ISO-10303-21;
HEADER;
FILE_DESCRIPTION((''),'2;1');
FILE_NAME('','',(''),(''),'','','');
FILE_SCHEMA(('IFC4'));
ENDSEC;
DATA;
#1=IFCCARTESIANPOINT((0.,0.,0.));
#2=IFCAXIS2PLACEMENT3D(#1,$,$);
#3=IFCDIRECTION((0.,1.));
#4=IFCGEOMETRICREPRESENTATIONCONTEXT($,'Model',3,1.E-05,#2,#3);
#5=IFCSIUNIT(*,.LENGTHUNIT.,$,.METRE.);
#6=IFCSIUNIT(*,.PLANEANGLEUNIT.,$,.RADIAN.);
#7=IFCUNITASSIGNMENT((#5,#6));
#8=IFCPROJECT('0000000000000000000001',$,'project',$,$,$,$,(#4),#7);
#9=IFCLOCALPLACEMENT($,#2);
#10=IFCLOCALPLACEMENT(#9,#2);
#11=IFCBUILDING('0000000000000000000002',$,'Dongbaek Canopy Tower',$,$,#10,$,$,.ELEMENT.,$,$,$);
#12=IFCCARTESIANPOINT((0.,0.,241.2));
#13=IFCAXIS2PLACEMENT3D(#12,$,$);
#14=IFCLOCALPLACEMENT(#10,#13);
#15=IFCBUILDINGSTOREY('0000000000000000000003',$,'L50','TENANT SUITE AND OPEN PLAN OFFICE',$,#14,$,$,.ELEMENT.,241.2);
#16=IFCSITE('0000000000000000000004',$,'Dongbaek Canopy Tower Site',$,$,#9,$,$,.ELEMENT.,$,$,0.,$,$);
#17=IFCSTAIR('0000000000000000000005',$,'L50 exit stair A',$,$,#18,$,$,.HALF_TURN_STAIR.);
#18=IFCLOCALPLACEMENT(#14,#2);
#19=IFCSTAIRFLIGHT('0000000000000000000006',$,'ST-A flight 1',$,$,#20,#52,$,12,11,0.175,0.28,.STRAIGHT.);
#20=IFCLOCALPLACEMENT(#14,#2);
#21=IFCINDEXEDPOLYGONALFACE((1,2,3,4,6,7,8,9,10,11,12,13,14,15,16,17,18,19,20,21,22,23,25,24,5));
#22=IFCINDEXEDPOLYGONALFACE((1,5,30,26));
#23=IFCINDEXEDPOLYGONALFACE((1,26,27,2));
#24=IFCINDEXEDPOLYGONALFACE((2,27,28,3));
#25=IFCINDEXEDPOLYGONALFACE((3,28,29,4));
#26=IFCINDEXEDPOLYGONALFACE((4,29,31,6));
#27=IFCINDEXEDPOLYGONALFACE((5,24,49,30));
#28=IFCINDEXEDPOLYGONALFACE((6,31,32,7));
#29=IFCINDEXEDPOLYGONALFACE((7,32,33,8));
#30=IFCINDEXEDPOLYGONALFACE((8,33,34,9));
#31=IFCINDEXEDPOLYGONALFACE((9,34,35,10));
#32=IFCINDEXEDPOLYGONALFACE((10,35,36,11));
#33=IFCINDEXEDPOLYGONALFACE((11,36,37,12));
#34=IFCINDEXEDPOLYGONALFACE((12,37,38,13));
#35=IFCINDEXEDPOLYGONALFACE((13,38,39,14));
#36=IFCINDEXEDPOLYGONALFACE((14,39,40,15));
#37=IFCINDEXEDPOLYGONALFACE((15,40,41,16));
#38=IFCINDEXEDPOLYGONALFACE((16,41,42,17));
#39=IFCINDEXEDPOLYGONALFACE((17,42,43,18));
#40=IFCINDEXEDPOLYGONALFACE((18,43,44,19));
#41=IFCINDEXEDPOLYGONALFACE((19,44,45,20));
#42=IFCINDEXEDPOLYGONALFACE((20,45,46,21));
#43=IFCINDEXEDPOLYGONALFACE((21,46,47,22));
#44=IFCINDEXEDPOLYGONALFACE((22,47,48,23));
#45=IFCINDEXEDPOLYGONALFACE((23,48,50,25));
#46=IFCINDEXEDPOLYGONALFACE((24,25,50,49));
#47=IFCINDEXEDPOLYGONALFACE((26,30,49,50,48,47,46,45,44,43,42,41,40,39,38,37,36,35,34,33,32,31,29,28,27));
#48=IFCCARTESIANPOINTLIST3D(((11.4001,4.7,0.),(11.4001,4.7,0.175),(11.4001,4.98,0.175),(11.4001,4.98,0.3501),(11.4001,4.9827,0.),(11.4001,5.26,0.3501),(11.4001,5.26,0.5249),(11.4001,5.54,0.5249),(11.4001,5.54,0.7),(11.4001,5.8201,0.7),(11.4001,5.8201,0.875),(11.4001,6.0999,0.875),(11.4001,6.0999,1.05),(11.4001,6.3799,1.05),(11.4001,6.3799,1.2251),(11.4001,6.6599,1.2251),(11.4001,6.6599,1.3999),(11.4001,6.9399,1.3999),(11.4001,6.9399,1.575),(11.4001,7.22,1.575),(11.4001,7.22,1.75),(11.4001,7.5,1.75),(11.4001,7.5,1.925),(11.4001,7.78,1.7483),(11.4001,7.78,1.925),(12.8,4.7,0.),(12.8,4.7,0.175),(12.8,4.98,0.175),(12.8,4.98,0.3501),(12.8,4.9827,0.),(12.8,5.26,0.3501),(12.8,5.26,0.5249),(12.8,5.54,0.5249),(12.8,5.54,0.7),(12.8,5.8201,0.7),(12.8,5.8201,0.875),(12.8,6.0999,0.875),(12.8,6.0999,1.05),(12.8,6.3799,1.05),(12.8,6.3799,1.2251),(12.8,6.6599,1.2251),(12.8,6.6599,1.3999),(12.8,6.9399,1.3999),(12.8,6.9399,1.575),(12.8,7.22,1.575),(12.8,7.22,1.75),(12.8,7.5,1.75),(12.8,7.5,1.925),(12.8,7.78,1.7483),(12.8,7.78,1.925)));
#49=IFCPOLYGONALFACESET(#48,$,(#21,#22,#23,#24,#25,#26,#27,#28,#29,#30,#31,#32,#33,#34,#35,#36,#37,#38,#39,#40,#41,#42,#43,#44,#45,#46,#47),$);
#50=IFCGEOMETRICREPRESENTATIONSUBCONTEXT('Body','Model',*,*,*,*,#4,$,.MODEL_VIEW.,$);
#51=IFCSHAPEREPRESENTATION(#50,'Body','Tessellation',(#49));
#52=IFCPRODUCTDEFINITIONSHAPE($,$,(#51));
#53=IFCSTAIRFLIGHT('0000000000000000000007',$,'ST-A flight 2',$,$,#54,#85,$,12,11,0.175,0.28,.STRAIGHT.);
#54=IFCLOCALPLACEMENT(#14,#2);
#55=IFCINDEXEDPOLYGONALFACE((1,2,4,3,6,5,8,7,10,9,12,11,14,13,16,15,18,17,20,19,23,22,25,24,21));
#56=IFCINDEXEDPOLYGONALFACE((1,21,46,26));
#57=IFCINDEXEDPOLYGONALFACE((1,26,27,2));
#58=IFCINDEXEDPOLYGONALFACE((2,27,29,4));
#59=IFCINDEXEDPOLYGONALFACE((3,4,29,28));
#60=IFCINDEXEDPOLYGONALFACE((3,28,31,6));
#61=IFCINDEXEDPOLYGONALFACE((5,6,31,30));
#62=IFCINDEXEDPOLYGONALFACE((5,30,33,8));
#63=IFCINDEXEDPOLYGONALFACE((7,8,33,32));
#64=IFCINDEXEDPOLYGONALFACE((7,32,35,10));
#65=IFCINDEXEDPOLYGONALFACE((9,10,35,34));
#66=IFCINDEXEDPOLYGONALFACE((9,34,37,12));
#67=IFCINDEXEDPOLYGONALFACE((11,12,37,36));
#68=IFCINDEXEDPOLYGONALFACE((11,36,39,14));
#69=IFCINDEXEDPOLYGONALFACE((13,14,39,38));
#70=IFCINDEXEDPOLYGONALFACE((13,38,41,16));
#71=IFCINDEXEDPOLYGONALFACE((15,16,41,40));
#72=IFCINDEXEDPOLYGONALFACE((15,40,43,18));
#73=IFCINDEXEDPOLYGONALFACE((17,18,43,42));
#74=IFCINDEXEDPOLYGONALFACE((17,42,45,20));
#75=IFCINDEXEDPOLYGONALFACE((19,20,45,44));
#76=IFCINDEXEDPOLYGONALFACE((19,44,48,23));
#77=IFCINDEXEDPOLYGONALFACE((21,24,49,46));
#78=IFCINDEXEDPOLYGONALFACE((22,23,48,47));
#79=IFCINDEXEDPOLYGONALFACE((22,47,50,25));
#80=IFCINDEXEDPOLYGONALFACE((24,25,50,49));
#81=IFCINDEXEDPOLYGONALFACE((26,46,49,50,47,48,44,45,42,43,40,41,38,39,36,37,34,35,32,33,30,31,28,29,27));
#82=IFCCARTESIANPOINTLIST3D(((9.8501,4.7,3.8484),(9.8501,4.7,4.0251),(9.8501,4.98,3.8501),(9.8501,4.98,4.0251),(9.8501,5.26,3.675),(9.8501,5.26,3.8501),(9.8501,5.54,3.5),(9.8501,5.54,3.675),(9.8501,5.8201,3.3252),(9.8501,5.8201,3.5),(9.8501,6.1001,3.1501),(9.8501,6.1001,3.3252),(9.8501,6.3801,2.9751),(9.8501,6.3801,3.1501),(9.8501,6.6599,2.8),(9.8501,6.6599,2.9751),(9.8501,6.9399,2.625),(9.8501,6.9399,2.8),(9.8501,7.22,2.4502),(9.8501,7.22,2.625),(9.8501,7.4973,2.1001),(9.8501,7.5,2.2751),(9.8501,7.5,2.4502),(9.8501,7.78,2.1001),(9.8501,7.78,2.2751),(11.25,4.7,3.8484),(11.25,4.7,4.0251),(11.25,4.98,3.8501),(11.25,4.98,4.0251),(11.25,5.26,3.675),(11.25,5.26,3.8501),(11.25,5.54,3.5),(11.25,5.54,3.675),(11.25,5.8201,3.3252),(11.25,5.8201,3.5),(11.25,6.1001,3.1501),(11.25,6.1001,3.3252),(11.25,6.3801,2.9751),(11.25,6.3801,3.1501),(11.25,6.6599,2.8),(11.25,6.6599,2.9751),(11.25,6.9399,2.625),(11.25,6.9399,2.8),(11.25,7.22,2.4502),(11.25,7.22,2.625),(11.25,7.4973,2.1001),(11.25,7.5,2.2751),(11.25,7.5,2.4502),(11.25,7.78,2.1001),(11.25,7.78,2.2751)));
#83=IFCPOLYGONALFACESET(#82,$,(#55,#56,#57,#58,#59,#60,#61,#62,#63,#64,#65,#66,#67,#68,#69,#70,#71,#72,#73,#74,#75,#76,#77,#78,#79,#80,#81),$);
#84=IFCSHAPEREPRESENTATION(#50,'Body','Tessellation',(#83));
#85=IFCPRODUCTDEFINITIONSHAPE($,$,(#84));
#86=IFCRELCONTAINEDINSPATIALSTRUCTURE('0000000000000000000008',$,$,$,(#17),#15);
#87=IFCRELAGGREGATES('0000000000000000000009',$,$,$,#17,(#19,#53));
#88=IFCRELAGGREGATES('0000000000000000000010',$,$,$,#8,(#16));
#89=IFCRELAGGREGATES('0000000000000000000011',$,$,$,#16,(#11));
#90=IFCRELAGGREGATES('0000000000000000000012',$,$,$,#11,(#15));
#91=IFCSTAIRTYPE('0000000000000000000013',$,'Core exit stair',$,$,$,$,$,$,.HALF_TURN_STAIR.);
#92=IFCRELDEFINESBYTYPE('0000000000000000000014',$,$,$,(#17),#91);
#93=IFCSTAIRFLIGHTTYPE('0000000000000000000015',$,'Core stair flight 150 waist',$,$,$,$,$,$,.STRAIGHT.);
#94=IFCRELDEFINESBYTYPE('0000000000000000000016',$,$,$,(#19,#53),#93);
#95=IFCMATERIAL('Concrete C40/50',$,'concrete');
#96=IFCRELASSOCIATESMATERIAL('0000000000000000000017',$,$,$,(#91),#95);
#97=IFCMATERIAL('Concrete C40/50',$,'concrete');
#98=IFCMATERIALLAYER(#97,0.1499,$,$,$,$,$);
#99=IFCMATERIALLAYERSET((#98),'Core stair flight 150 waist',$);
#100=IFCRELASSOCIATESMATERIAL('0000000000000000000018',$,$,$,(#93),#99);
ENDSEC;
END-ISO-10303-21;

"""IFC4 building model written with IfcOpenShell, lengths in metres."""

from ifc_helpers import new_model, si_unit, direction, frame, origin, place, context, subcontext, project, spatial, polyline, outline, extrude, material, layer, layer_set, type_object, element, aggregate, save


model = new_model("IFC4")

# Units and contexts
model_context = context("Model", 3, precision=1e-05, world=origin(), true_north=direction((0.0, 1.0)))
body_context = subcontext(model_context, "Body", "Model", "MODEL_VIEW")
ifc_project = project(units=[si_unit("LENGTHUNIT", "METRE"), si_unit("PLANEANGLEUNIT", "RADIAN")], contexts=[model_context])

# Site, building, storey
site_placement = place(None, origin())
site = spatial("IfcSite", under=ifc_project, at=site_placement, Name="Dongbaek Canopy Tower Site", CompositionType="ELEMENT", RefElevation=0.0)
building_placement = place(site_placement, origin())
building = spatial("IfcBuilding", under=site, at=building_placement, Name="Dongbaek Canopy Tower", CompositionType="ELEMENT")
storey_placement = place(building_placement, frame((0.0, 0.0, 241.2)))
storey = spatial("IfcBuildingStorey", under=building, at=storey_placement, Name="L50", Description="TENANT SUITE AND OPEN PLAN OFFICE", CompositionType="ELEMENT", Elevation=241.2)

# Stair, stair flights
ifc_material_1 = material(Name="Concrete C40/50", Category="concrete")
stair_type = type_object("IfcStairType", Name="Core exit stair", PredefinedType="HALF_TURN_STAIR", material=ifc_material_1)
stair_placement = place(storey_placement, origin())
stair = element("IfcStair", 1, at=stair_placement, inside=storey, type_object=stair_type, Name="L50 exit stair A", PredefinedType="HALF_TURN_STAIR")
ifc_material_2 = material(Name="Concrete C40/50", Category="concrete")
ifc_layer_1 = layer(ifc_material_2, 0.1499)
ifc_layer_set_1 = layer_set([ifc_layer_1], Name="Core stair flight 150 waist")
stair_flight_type = type_object("IfcStairFlightType", Name="Core stair flight 150 waist", PredefinedType="STRAIGHT", material=ifc_layer_set_1)
stair_flight_1_placement = place(storey_placement, frame((12.1001, 4.7, 0.0), z_axis=(0.0, 0.0, 1.0), x_axis=(0.0, 1.0, 0.0)))
stair_flight_1 = element("IfcStairFlight", 2, at=stair_flight_1_placement, type_object=stair_flight_type, Name="ST-A flight 1", NumberOfRisers=12, NumberOfTreads=11, PredefinedType="STRAIGHT", RiserHeight=0.175, TreadLength=0.28, context=body_context, shape_type="SweptSolid", body=[
    extrude(outline(polyline([(0.0, 0.0), (0.0, 0.175), (0.28, 0.175), (0.28, 0.3501), (0.5601, 0.3501), (0.5601, 0.5249), (0.8401, 0.5249), (0.8401, 0.7), (1.1201, 0.7), (1.1201, 0.875), (1.3999, 0.875), (1.3999, 1.05), (1.6799, 1.05), (1.6799, 1.2251), (1.96, 1.2251), (1.96, 1.3999), (2.24, 1.3999), (2.24, 1.575), (2.52, 1.575), (2.52, 1.75), (2.8, 1.75), (2.8, 1.925), (3.0801, 1.925), (3.0801, 2.1001), (3.0801, 1.7483), (0.2827, 0.0), (0.0, 0.0)])), frame((0.0, 0.7, 0.0), z_axis=(0.0, -1.0, 0.0), x_axis=(1.0, 0.0, 0.0)), (0.0, 0.0, 1.0), 1.3999),
])
stair_flight_2_placement = place(storey_placement, frame((10.55, 7.78, 2.1001), z_axis=(0.0, 0.0, 1.0), x_axis=(0.0, -1.0, 0.0)))
stair_flight_2 = element("IfcStairFlight", 3, at=stair_flight_2_placement, type_object=stair_flight_type, Name="ST-A flight 2", NumberOfRisers=12, NumberOfTreads=11, PredefinedType="STRAIGHT", RiserHeight=0.175, TreadLength=0.28, context=body_context, shape_type="SweptSolid", body=[
    extrude(outline(polyline([(0.0, 0.0), (0.0, 0.175), (0.28, 0.175), (0.28, 0.3501), (0.5601, 0.3501), (0.5601, 0.5249), (0.8401, 0.5249), (0.8401, 0.7), (1.1201, 0.7), (1.1201, 0.875), (1.3999, 0.875), (1.3999, 1.05), (1.6799, 1.05), (1.6799, 1.2251), (1.96, 1.2251), (1.96, 1.3999), (2.24, 1.3999), (2.24, 1.575), (2.52, 1.575), (2.52, 1.75), (2.8, 1.75), (2.8, 1.925), (3.0801, 1.925), (3.0801, 2.1001), (3.0801, 1.7483), (0.2827, 0.0), (0.0, 0.0)])), frame((0.0, 0.7, 0.0), z_axis=(0.0, -1.0, 0.0), x_axis=(1.0, 0.0, 0.0)), (0.0, 0.0, 1.0), 1.3999),
])
aggregate(stair, [stair_flight_1, stair_flight_2])

save(model, "model.ifc")
